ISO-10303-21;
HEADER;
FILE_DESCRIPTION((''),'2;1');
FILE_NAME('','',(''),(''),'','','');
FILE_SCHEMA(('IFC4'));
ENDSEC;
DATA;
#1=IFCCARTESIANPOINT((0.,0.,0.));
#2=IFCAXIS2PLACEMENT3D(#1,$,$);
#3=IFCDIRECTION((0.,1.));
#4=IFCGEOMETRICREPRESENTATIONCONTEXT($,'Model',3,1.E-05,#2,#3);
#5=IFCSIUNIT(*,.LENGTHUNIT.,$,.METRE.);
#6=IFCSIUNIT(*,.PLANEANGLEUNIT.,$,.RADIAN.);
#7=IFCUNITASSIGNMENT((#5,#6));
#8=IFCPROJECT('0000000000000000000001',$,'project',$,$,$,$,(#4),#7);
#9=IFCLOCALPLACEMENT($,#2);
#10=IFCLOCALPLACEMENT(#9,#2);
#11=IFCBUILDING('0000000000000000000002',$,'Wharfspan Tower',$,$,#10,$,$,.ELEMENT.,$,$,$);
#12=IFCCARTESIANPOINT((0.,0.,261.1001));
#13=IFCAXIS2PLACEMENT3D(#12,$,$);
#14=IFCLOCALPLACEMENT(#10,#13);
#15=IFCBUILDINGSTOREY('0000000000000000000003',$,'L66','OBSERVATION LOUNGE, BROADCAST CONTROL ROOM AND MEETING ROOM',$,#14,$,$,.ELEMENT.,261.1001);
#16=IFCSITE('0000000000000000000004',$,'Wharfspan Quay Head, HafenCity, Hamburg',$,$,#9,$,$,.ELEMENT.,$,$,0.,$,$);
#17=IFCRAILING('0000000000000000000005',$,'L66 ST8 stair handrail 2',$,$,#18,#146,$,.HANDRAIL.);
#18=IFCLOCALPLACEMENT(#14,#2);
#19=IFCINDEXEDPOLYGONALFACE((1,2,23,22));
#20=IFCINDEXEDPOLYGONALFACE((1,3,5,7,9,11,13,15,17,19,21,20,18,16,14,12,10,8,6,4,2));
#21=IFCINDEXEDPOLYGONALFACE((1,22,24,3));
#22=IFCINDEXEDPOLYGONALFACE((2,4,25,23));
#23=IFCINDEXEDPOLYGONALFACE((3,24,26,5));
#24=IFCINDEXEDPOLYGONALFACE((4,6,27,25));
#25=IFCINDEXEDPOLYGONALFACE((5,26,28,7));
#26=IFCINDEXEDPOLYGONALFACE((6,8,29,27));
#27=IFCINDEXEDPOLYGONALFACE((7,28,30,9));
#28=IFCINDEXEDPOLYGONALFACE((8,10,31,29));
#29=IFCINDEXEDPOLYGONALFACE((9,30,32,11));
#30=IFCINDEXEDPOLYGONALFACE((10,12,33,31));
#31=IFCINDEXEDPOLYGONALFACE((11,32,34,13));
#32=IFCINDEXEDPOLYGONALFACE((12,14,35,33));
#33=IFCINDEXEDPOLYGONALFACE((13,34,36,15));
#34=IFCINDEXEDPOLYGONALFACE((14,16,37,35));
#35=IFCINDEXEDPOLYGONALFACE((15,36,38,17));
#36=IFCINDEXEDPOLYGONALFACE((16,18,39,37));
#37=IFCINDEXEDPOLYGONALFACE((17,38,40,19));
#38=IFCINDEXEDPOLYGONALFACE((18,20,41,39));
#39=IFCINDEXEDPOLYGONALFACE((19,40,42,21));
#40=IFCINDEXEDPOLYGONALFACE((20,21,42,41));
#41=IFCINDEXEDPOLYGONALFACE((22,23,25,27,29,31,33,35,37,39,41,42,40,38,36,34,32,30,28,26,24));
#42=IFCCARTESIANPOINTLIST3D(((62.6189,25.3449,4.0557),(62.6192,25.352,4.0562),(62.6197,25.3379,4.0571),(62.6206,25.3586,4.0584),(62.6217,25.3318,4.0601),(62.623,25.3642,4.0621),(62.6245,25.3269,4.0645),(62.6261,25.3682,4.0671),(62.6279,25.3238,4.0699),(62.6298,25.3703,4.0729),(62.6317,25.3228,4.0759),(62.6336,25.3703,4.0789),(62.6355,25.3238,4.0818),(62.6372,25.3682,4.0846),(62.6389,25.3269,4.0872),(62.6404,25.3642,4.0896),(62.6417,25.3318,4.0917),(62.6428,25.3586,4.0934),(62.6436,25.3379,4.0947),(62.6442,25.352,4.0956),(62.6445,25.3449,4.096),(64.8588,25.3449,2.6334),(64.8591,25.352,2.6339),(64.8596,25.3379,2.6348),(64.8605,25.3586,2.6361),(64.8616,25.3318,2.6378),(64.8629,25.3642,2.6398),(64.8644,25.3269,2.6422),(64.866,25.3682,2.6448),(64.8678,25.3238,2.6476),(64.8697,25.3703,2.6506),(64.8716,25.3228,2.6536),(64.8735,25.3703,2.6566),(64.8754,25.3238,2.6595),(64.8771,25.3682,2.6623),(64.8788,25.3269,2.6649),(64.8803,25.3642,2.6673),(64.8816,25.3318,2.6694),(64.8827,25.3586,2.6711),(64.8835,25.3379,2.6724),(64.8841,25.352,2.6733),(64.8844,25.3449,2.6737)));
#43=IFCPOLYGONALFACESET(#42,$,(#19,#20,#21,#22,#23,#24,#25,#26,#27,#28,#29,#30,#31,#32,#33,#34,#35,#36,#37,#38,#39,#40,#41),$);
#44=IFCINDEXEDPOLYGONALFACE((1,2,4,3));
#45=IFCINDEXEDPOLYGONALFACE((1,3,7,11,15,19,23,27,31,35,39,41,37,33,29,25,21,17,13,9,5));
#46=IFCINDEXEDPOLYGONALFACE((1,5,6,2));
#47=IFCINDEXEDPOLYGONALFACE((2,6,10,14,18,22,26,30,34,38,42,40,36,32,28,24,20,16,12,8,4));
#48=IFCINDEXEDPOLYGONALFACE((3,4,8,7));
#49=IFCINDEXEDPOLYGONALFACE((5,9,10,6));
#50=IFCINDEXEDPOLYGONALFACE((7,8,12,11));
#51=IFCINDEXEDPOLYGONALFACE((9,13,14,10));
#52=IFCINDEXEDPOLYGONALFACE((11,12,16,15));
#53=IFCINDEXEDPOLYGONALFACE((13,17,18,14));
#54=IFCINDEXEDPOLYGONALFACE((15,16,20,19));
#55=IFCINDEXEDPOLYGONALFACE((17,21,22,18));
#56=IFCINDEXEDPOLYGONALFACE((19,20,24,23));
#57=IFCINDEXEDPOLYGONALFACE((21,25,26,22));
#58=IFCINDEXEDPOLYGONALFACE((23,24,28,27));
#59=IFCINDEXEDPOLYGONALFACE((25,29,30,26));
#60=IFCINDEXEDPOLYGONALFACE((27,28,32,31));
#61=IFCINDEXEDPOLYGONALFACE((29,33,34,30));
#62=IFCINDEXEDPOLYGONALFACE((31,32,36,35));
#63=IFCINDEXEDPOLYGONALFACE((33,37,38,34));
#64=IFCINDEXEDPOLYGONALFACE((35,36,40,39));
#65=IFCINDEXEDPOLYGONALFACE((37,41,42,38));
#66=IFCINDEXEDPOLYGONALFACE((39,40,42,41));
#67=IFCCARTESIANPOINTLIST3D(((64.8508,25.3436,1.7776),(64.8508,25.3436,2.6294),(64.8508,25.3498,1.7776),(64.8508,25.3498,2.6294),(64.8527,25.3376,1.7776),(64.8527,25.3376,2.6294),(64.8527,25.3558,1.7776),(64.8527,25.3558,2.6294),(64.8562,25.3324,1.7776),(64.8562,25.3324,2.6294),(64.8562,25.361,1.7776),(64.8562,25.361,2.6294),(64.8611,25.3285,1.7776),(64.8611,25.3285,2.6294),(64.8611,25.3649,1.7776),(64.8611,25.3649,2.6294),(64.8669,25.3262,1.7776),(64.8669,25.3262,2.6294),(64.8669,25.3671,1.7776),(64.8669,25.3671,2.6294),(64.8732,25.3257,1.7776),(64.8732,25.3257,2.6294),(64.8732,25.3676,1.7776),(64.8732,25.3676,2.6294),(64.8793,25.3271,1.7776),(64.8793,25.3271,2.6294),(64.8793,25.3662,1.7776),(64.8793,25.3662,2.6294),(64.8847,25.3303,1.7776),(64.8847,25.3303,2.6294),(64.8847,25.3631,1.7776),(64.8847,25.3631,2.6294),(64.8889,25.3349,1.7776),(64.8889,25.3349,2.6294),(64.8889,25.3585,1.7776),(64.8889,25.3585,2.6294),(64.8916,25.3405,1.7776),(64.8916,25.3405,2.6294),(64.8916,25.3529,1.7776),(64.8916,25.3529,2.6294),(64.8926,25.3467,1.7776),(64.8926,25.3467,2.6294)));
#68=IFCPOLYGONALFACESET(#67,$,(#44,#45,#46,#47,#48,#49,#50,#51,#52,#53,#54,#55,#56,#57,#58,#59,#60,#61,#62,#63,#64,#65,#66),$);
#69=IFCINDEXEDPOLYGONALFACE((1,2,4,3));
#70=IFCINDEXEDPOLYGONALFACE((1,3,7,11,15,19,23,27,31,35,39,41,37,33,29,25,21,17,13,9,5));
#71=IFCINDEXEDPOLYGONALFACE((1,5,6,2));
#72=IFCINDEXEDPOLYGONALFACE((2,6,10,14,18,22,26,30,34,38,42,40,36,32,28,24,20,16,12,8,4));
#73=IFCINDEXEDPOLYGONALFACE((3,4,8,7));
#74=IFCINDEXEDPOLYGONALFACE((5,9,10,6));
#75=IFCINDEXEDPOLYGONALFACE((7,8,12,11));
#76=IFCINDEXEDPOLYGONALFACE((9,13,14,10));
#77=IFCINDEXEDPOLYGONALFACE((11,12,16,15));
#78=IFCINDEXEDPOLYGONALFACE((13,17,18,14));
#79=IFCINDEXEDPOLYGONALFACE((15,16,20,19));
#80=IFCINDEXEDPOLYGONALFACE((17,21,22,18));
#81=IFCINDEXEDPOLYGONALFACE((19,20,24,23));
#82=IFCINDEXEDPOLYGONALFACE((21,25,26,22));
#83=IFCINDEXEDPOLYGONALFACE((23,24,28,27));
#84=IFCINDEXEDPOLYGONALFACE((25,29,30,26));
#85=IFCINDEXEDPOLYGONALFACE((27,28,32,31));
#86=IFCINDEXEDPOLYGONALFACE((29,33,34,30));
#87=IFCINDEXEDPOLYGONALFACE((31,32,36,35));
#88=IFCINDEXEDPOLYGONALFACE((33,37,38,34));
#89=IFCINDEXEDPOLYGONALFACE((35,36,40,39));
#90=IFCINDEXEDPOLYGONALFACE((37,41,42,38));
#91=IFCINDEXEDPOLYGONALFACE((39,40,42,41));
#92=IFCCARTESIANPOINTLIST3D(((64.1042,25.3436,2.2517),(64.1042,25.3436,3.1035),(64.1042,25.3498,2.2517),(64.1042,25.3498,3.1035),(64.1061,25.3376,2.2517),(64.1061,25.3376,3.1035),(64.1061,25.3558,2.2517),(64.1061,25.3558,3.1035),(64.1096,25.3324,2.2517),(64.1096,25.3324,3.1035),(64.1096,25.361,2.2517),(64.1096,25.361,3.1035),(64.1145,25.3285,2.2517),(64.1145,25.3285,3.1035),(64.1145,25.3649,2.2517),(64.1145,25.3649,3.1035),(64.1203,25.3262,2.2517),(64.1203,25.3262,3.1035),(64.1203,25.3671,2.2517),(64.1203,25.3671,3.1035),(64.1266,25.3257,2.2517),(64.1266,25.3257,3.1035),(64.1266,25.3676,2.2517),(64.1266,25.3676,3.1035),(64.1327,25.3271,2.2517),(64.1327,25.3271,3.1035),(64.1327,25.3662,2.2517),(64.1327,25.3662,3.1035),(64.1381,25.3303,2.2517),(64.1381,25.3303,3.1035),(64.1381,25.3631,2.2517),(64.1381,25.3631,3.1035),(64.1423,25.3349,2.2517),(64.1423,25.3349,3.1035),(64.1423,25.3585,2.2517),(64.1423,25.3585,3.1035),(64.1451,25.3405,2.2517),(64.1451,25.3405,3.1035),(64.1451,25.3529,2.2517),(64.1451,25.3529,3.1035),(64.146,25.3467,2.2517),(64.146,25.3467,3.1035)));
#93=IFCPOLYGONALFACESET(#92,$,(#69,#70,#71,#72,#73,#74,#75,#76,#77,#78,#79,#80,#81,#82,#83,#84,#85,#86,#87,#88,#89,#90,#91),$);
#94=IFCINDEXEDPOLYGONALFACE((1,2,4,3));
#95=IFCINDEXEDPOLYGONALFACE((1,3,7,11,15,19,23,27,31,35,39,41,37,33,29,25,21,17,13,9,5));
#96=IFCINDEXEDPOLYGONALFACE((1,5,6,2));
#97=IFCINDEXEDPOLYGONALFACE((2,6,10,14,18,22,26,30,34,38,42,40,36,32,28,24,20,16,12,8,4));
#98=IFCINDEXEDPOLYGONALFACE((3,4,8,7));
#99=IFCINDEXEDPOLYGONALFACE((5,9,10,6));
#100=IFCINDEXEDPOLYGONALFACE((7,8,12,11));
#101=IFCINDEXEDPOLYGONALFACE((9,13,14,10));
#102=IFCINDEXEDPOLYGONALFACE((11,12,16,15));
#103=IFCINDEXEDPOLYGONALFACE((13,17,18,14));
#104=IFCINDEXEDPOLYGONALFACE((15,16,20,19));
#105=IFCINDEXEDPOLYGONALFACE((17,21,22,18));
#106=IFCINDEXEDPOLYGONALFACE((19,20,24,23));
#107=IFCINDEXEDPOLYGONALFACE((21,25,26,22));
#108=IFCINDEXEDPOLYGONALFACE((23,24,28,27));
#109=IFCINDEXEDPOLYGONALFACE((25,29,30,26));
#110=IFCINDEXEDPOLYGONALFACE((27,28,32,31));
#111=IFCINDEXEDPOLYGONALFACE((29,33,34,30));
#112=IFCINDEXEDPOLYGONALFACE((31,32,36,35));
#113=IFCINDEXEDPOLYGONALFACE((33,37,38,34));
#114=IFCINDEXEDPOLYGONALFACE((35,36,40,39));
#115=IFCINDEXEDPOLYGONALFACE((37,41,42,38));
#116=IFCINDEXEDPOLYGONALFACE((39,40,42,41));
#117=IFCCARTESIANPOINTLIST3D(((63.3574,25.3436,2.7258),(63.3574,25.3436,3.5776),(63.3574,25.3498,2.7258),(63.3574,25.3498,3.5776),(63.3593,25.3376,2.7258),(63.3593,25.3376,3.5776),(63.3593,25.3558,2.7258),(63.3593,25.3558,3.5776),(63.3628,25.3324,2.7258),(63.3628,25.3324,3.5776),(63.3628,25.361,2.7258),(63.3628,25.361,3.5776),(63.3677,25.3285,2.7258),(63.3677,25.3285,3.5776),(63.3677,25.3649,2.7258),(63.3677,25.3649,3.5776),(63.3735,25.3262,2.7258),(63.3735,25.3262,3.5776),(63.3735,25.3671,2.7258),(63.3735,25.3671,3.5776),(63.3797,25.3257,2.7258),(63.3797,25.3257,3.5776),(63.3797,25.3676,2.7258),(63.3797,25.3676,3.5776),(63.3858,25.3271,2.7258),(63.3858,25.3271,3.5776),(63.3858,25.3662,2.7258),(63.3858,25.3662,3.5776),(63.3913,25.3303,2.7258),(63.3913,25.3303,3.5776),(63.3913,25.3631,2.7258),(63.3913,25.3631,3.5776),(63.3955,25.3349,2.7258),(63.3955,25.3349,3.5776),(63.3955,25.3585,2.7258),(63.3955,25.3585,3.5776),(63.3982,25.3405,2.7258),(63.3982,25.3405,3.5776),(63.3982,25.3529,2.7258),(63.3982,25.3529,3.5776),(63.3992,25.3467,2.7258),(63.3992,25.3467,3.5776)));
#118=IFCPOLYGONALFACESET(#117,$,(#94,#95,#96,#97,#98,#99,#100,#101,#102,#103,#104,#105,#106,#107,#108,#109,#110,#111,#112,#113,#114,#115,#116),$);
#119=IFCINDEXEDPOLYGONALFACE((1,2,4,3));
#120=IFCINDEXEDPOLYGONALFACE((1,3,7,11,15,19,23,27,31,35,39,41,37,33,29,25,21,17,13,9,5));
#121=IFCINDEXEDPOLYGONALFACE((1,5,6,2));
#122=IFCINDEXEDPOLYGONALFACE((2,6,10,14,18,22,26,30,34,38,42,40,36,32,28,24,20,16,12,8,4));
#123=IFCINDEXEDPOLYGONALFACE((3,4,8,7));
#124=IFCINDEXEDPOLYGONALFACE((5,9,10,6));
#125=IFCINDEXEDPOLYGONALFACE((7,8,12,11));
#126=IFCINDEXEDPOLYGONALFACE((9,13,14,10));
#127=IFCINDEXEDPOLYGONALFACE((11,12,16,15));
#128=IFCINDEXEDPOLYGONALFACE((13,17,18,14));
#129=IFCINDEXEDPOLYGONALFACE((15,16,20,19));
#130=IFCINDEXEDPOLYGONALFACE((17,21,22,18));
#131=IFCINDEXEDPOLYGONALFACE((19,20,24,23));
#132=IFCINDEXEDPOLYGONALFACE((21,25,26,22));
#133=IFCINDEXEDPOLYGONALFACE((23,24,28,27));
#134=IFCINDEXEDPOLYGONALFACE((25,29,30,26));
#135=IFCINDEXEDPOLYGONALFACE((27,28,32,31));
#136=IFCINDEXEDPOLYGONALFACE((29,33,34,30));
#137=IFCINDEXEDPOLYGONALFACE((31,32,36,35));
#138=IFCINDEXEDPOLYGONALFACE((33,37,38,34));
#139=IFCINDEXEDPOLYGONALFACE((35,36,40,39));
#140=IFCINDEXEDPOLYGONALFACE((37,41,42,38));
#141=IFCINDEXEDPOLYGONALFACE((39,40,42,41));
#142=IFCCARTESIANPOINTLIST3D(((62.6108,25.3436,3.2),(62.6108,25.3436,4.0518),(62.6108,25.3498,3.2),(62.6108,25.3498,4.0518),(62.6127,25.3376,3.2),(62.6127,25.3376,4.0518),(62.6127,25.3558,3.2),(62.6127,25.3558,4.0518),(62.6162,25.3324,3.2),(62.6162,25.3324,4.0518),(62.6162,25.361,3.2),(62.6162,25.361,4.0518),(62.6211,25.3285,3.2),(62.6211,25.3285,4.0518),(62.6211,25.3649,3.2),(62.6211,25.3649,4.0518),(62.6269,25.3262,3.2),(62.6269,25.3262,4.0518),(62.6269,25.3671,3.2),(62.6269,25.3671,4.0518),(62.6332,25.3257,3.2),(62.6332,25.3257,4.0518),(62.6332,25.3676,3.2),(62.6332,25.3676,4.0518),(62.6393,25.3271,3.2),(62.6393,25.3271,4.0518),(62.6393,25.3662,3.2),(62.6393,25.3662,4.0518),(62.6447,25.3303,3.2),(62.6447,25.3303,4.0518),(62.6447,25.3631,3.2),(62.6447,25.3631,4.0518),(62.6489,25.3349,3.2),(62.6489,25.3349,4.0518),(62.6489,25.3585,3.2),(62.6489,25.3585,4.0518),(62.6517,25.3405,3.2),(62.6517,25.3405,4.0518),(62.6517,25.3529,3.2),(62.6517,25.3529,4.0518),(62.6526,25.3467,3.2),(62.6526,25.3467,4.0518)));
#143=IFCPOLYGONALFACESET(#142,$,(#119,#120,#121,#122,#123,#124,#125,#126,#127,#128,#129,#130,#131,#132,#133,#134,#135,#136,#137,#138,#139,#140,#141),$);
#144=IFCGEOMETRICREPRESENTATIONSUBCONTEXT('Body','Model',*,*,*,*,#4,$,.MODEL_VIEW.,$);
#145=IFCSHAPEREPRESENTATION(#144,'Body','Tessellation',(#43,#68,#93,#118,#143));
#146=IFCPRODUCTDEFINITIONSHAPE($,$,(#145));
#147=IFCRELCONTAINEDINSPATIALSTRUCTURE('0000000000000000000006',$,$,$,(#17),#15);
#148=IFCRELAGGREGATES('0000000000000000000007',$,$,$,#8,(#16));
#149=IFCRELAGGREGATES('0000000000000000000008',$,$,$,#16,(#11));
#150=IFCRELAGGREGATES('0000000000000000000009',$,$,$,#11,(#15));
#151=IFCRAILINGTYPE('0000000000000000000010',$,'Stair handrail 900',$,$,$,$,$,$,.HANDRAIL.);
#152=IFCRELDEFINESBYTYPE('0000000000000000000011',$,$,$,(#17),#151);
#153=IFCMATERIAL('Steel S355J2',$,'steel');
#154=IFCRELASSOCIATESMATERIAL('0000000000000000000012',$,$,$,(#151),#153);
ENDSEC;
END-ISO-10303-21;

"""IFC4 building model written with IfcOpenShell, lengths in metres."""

from ifc_helpers import new_model, si_unit, direction, frame, origin, origin_2d, place, context, subcontext, project, spatial, circle, extrude, material, type_object, element, save


model = new_model("IFC4")

# Units and contexts
model_context = context("Model", 3, precision=1e-05, world=origin(), true_north=direction((0.0, 1.0)))
body_context = subcontext(model_context, "Body", "Model", "MODEL_VIEW")
ifc_project = project(units=[si_unit("LENGTHUNIT", "METRE"), si_unit("PLANEANGLEUNIT", "RADIAN")], contexts=[model_context])

# Site, building, storey
site_placement = place(None, origin())
site = spatial("IfcSite", under=ifc_project, at=site_placement, Name="Wharfspan Quay Head, HafenCity, Hamburg", CompositionType="ELEMENT", RefElevation=0.0)
building_placement = place(site_placement, origin())
building = spatial("IfcBuilding", under=site, at=building_placement, Name="Wharfspan Tower", CompositionType="ELEMENT")
storey_placement = place(building_placement, frame((0.0, 0.0, 261.1001)))
storey = spatial("IfcBuildingStorey", under=building, at=storey_placement, Name="L66", Description="OBSERVATION LOUNGE, BROADCAST CONTROL ROOM AND MEETING ROOM", CompositionType="ELEMENT", Elevation=261.1001)

# Shared definitions
ifc_material_1 = material(Name="Steel S355J2", Category="steel")

# Railing
railing_type_1 = type_object("IfcRailingType", Name="Stair handrail 900", PredefinedType="HANDRAIL", material=ifc_material_1)
railing_1_placement = place(storey_placement, frame((64.8716, 25.3467, 1.7776)))
element("IfcRailing", 1, at=railing_1_placement, inside=storey, type_object=railing_type_1, Name="L66 ST8 stair handrail 2", PredefinedType="HANDRAIL", context=body_context, shape_type="SweptSolid", body=[
    extrude(circle(Radius=0.0239, at=origin_2d()), frame((0.0, 0.0, 0.876), z_axis=(-0.844188, 0.0, 0.536048), x_axis=(0.0, -1.0, 0.0)), (0.0, 0.0, 1.0), 2.6533),
    extrude(circle(Radius=0.021, at=origin_2d()), origin(), (0.0, 0.0, 1.0), 0.8518),
    extrude(circle(Radius=0.021, at=origin_2d()), frame((-0.7466, 0.0, 0.4741)), (0.0, 0.0, 1.0), 0.8518),
    extrude(circle(Radius=0.021, at=origin_2d()), frame((-1.4934, 0.0, 0.9482)), (0.0, 0.0, 1.0), 0.8518),
    extrude(circle(Radius=0.021, at=origin_2d()), frame((-2.24, 0.0, 1.4224)), (0.0, 0.0, 1.0), 0.8518),
])

save(model, "model.ifc")
